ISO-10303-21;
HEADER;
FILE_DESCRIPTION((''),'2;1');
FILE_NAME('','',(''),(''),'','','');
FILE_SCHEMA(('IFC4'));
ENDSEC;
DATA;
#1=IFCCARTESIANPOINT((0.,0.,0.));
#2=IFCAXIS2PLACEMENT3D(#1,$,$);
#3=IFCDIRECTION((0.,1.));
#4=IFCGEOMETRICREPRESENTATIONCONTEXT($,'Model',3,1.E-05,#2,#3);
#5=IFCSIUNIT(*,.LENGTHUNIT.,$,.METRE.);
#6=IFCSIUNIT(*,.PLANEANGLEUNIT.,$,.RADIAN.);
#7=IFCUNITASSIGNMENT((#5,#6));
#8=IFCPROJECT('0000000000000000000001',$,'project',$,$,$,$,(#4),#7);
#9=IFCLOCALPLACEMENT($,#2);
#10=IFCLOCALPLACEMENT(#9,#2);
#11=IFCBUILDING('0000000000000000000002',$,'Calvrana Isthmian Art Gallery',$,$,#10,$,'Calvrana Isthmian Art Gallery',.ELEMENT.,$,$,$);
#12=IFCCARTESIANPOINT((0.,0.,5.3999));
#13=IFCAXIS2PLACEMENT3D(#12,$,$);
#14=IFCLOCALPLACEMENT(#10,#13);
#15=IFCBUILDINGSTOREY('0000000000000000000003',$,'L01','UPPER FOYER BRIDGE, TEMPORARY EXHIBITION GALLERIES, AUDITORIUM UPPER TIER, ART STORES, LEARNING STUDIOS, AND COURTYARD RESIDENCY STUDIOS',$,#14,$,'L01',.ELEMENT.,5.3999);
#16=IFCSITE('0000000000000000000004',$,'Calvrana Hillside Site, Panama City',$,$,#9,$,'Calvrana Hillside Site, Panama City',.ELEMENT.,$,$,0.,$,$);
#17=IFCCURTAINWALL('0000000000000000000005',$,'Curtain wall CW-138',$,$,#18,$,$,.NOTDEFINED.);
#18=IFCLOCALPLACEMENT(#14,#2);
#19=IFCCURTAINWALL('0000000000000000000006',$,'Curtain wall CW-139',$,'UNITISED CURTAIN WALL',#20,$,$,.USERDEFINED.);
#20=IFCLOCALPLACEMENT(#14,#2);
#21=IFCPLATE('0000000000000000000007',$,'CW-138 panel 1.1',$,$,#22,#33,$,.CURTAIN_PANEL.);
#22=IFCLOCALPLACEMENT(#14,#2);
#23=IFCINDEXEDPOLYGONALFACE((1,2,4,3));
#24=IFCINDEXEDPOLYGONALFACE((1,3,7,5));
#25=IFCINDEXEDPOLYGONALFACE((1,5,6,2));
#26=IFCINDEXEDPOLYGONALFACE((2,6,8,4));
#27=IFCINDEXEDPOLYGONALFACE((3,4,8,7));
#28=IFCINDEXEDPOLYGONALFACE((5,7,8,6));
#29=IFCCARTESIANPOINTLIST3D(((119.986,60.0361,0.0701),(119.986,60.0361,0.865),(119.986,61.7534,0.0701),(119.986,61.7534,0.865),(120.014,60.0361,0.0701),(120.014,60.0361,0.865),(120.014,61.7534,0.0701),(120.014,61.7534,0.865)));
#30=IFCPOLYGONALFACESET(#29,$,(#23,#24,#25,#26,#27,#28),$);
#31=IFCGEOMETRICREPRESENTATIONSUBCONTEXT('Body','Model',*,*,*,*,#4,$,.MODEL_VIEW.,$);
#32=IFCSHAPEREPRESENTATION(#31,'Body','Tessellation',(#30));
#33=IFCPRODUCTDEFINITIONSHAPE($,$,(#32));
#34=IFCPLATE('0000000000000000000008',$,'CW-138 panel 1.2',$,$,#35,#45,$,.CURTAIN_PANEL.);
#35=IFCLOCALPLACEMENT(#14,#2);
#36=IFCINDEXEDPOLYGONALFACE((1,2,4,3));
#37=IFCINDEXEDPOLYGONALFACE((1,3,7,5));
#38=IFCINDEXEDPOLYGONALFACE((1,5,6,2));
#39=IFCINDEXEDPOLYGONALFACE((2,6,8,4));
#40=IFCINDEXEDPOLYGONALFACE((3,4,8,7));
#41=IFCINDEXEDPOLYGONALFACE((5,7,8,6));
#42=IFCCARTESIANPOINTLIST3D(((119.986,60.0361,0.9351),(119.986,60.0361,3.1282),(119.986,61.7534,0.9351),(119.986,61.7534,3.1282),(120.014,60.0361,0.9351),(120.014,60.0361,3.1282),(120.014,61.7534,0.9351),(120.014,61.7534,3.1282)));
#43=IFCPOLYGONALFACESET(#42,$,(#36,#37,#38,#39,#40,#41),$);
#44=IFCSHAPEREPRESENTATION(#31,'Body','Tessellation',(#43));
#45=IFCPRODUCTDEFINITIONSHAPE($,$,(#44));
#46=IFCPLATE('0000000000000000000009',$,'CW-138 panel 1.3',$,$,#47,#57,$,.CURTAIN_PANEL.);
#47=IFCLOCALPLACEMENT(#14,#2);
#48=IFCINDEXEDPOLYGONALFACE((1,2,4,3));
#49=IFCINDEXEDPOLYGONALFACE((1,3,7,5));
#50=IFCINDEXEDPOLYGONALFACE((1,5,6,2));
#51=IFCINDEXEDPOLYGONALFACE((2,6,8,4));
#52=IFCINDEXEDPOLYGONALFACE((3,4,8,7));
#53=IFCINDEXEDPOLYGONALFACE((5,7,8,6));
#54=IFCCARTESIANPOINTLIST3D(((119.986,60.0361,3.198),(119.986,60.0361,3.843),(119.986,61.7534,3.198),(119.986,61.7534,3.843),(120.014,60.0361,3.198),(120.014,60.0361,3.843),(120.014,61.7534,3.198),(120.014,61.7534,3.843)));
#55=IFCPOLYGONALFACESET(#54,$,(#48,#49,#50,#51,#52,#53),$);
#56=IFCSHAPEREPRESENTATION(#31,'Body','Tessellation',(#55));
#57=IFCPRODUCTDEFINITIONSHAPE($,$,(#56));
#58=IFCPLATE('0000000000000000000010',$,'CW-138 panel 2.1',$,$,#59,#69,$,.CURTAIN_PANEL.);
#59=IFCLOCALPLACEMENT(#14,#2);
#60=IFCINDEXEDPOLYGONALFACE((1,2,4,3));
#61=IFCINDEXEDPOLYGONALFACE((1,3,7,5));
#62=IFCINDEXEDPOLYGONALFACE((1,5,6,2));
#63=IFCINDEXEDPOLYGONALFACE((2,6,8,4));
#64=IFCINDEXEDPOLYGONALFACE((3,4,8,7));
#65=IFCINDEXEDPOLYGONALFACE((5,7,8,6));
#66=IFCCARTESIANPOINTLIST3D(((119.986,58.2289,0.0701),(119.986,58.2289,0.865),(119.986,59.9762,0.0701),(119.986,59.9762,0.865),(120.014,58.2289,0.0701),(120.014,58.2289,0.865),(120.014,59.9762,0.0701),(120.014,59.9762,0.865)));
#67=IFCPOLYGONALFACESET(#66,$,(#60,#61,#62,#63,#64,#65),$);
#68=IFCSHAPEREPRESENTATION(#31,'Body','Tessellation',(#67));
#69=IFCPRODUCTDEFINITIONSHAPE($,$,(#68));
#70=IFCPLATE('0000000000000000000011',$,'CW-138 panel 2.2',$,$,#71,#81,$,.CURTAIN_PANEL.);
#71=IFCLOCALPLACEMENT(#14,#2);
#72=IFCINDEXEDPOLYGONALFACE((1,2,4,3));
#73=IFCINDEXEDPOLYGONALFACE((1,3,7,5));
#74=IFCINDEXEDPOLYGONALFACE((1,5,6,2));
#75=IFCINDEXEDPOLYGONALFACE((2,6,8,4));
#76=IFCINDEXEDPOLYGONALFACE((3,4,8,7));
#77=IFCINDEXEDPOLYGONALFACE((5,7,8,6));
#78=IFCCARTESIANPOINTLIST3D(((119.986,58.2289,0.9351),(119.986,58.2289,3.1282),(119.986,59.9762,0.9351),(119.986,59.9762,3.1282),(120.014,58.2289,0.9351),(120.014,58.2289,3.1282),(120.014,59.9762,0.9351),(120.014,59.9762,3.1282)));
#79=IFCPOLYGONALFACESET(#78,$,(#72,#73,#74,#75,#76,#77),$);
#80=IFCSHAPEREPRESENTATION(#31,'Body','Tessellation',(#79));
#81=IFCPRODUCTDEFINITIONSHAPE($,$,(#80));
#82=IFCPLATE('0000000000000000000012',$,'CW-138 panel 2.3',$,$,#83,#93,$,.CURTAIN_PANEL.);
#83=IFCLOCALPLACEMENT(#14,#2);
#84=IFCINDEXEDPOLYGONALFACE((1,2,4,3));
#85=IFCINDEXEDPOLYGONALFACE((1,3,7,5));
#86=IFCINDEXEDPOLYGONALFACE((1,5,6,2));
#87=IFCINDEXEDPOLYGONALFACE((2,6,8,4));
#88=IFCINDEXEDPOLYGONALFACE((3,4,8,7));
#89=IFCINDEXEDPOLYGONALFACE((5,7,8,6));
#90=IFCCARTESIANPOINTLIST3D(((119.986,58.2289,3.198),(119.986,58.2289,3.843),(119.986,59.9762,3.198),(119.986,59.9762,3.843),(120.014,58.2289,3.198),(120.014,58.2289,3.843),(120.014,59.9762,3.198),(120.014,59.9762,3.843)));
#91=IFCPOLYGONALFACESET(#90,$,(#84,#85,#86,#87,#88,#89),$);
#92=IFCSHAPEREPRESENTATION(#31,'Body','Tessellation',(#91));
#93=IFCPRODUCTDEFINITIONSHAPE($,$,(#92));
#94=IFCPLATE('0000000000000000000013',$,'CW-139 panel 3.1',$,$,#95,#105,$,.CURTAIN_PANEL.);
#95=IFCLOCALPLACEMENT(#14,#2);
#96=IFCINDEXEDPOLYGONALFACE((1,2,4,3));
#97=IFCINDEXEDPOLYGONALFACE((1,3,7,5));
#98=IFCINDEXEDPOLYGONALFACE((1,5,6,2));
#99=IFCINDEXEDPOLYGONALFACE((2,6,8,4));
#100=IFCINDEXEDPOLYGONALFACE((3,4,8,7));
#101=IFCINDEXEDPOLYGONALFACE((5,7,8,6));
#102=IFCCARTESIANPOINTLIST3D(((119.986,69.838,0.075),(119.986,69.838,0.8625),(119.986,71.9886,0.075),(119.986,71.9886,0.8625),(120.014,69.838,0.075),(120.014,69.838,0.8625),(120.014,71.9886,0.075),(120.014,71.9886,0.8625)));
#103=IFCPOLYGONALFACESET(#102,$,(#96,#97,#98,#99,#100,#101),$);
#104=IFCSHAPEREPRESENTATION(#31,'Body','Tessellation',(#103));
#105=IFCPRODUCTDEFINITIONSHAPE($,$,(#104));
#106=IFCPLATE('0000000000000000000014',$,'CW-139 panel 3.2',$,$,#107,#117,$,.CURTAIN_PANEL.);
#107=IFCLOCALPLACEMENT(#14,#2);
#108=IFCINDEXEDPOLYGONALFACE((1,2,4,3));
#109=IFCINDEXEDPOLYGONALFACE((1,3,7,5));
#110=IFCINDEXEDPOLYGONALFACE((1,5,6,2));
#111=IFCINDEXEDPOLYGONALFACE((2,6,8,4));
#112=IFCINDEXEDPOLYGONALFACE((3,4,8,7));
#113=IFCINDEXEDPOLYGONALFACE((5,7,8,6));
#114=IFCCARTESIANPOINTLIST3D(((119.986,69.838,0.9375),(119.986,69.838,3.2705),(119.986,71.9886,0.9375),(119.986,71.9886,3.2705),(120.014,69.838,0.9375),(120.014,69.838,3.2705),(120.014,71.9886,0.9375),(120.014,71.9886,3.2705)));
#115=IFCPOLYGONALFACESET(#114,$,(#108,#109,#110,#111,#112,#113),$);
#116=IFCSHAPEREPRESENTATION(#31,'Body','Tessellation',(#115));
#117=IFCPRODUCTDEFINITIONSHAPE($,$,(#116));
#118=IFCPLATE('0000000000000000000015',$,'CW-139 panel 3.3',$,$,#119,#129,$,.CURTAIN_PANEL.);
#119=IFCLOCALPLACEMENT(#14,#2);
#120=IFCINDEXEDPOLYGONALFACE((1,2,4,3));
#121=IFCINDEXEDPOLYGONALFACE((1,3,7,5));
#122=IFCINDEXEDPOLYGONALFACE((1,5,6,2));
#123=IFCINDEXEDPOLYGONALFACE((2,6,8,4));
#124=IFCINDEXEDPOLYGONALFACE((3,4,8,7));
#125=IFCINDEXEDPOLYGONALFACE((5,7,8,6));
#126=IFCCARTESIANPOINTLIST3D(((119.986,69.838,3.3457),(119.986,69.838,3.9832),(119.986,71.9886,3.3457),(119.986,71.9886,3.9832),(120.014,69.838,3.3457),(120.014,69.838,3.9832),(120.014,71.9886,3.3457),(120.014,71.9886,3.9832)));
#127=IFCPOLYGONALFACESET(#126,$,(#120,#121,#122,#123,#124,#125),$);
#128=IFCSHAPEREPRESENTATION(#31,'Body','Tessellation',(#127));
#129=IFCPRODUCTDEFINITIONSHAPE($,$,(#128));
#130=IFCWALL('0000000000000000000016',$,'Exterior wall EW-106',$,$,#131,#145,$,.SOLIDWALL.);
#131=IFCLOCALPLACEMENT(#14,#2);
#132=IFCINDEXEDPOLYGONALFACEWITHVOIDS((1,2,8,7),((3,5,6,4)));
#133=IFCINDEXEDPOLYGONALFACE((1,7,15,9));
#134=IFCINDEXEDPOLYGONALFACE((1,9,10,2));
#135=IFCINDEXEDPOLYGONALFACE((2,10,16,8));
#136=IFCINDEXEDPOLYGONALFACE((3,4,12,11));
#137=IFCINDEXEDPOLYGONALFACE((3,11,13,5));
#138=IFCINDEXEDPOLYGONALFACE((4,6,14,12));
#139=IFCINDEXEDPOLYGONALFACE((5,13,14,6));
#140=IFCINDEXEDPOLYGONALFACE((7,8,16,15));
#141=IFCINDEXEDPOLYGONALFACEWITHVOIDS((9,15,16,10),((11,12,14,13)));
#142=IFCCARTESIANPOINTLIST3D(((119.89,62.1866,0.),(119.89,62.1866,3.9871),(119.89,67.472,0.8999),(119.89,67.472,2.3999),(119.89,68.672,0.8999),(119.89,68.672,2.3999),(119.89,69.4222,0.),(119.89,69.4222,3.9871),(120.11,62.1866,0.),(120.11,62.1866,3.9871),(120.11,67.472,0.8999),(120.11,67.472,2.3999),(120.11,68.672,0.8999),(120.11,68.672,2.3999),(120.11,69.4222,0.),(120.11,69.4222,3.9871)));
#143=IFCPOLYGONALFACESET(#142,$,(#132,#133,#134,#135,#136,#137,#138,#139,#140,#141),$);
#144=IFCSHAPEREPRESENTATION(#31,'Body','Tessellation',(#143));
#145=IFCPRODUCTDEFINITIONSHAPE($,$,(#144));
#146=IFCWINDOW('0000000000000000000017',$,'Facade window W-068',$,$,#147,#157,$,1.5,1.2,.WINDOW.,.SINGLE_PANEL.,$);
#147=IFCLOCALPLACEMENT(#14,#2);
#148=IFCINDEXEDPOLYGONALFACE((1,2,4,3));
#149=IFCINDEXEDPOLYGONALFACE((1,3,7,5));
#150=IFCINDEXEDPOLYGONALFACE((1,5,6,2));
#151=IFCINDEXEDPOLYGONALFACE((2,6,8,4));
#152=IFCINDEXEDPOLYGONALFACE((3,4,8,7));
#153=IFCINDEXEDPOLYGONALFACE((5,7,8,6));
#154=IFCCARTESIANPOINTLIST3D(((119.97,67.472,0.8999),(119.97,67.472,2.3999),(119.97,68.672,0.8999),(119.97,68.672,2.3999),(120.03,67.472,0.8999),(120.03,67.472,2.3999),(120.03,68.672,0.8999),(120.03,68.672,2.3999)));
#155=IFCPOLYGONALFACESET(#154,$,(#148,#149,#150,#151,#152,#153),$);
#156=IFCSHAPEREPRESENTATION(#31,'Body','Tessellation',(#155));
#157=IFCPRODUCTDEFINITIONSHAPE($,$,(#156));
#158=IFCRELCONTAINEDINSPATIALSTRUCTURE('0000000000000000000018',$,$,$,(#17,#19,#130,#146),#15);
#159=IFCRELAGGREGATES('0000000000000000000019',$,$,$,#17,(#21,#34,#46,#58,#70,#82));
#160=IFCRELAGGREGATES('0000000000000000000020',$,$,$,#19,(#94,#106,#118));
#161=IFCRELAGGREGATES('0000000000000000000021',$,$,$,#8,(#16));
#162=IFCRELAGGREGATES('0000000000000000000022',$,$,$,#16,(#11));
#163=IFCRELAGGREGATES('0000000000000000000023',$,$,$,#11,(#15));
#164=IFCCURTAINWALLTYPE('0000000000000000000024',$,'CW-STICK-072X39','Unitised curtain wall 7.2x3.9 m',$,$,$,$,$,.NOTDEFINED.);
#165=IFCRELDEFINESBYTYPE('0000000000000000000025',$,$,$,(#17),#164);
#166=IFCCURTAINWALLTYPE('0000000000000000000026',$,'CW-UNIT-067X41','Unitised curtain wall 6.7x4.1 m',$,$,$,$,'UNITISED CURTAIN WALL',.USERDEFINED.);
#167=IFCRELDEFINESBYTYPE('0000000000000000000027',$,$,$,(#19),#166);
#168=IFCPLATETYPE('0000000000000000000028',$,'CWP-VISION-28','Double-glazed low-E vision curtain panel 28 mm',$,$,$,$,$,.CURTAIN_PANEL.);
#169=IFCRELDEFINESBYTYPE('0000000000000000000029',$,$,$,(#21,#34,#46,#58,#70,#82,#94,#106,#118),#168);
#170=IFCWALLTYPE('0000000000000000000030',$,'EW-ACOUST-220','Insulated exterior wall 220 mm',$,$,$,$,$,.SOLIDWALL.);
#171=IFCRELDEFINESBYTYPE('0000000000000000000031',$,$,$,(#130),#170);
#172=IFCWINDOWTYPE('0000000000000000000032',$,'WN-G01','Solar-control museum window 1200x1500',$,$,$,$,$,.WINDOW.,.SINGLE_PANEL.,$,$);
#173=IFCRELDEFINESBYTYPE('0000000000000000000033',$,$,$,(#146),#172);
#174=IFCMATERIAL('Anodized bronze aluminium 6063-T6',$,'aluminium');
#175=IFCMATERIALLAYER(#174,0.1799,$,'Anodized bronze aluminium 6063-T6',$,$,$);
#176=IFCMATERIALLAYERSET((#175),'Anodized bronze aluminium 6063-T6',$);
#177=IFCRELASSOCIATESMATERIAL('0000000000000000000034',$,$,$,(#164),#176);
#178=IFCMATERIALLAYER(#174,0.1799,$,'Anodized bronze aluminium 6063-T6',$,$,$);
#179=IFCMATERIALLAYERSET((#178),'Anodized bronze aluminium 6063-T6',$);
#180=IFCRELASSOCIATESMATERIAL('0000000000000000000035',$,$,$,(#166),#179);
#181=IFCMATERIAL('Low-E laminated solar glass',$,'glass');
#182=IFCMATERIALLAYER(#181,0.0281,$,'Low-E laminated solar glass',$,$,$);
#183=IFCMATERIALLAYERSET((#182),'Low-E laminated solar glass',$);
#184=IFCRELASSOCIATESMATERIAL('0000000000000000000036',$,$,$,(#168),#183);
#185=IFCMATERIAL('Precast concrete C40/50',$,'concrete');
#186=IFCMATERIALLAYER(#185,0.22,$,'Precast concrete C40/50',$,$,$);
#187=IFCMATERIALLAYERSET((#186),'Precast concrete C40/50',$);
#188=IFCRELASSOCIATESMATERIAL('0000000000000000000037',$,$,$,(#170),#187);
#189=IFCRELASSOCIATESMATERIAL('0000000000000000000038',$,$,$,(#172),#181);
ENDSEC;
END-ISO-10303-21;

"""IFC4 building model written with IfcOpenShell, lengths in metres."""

from ifc_helpers import new_model, si_unit, direction, frame, frame_2d, origin, origin_2d, place, context, subcontext, project, spatial, rectangle, extrude, material, layer, layer_set, type_object, element, fill, aggregate, save


model = new_model("IFC4")

# Units and contexts
model_context = context("Model", 3, precision=1e-05, world=origin(), true_north=direction((0.0, 1.0)))
body_context = subcontext(model_context, "Body", "Model", "MODEL_VIEW")
ifc_project = project(units=[si_unit("LENGTHUNIT", "METRE"), si_unit("PLANEANGLEUNIT", "RADIAN")], contexts=[model_context])

# Site, building, storey
site_placement = place(None, origin())
site = spatial("IfcSite", under=ifc_project, at=site_placement, Name="Calvrana Hillside Site, Panama City", LongName="Calvrana Hillside Site, Panama City", CompositionType="ELEMENT", RefElevation=0.0)
building_placement = place(site_placement, origin())
building = spatial("IfcBuilding", under=site, at=building_placement, Name="Calvrana Isthmian Art Gallery", LongName="Calvrana Isthmian Art Gallery", CompositionType="ELEMENT")
storey_placement = place(building_placement, frame((0.0, 0.0, 5.3999)))
storey = spatial("IfcBuildingStorey", under=building, at=storey_placement, Name="L01", Description="UPPER FOYER BRIDGE, TEMPORARY EXHIBITION GALLERIES, AUDITORIUM UPPER TIER, ART STORES, LEARNING STUDIOS, AND COURTYARD RESIDENCY STUDIOS", LongName="L01", CompositionType="ELEMENT", Elevation=5.3999)

# Curtain wall
ifc_material_1 = material(Name="Anodized bronze aluminium 6063-T6", Category="aluminium")
ifc_layer_1 = layer(ifc_material_1, 0.1799, Name="Anodized bronze aluminium 6063-T6")
ifc_layer_set_1 = layer_set([ifc_layer_1], Name="Anodized bronze aluminium 6063-T6")
curtain_wall_type_1 = type_object("IfcCurtainWallType", Name="CW-STICK-072X39", Description="Unitised curtain wall 7.2x3.9 m", PredefinedType="NOTDEFINED", material=ifc_layer_set_1)
curtain_wall_1_placement = place(storey_placement, origin())
curtain_wall_1 = element("IfcCurtainWall", 1, at=curtain_wall_1_placement, inside=storey, type_object=curtain_wall_type_1, Name="Curtain wall CW-138", PredefinedType="NOTDEFINED")

# Curtain wall
ifc_layer_2 = layer(ifc_material_1, 0.1799, Name="Anodized bronze aluminium 6063-T6")
ifc_layer_set_2 = layer_set([ifc_layer_2], Name="Anodized bronze aluminium 6063-T6")
curtain_wall_type_2 = type_object("IfcCurtainWallType", Name="CW-UNIT-067X41", Description="Unitised curtain wall 6.7x4.1 m", ElementType="UNITISED CURTAIN WALL", PredefinedType="USERDEFINED", material=ifc_layer_set_2)
curtain_wall_2_placement = place(storey_placement, origin())
curtain_wall_2 = element("IfcCurtainWall", 2, at=curtain_wall_2_placement, inside=storey, type_object=curtain_wall_type_2, Name="Curtain wall CW-139", ObjectType="UNITISED CURTAIN WALL", PredefinedType="USERDEFINED")

# Plates
ifc_material_2 = material(Name="Low-E laminated solar glass", Category="glass")
ifc_layer_3 = layer(ifc_material_2, 0.0281, Name="Low-E laminated solar glass")
ifc_layer_set_3 = layer_set([ifc_layer_3], Name="Low-E laminated solar glass")
plate_type = type_object("IfcPlateType", Name="CWP-VISION-28", Description="Double-glazed low-E vision curtain panel 28 mm", PredefinedType="CURTAIN_PANEL", material=ifc_layer_set_3)
plate_1_placement = place(storey_placement, frame((120.0, 60.8948, 0.0701), z_axis=(0.0, 0.0, 1.0), x_axis=(0.0, -1.0, 0.0)))
plate_1 = element("IfcPlate", 3, at=plate_1_placement, type_object=plate_type, Name="CW-138 panel 1.1", PredefinedType="CURTAIN_PANEL", context=body_context, shape_type="SweptSolid", body=[
    extrude(rectangle(XDim=1.7173, YDim=0.0281, at=origin_2d()), origin(), (0.0, 0.0, 1.0), 0.7949),
])
plate_2_placement = place(storey_placement, frame((120.0, 60.8948, 0.9351), z_axis=(0.0, 0.0, 1.0), x_axis=(0.0, -1.0, 0.0)))
plate_2 = element("IfcPlate", 4, at=plate_2_placement, type_object=plate_type, Name="CW-138 panel 1.2", PredefinedType="CURTAIN_PANEL", context=body_context, shape_type="SweptSolid", body=[
    extrude(rectangle(XDim=1.7173, YDim=0.0281, at=origin_2d()), origin(), (0.0, 0.0, 1.0), 2.1931),
])
plate_3_placement = place(storey_placement, frame((120.0, 60.8948, 3.198), z_axis=(0.0, 0.0, 1.0), x_axis=(0.0, -1.0, 0.0)))
plate_3 = element("IfcPlate", 5, at=plate_3_placement, type_object=plate_type, Name="CW-138 panel 1.3", PredefinedType="CURTAIN_PANEL", context=body_context, shape_type="SweptSolid", body=[
    extrude(rectangle(XDim=1.7173, YDim=0.0281, at=origin_2d()), origin(), (0.0, 0.0, 1.0), 0.645),
])
plate_4_placement = place(storey_placement, frame((120.0, 59.1025, 0.0701), z_axis=(0.0, 0.0, 1.0), x_axis=(0.0, -1.0, 0.0)))
plate_4 = element("IfcPlate", 6, at=plate_4_placement, type_object=plate_type, Name="CW-138 panel 2.1", PredefinedType="CURTAIN_PANEL", context=body_context, shape_type="SweptSolid", body=[
    extrude(rectangle(XDim=1.7473, YDim=0.0281, at=origin_2d()), origin(), (0.0, 0.0, 1.0), 0.7949),
])
plate_5_placement = place(storey_placement, frame((120.0, 59.1025, 0.9351), z_axis=(0.0, 0.0, 1.0), x_axis=(0.0, -1.0, 0.0)))
plate_5 = element("IfcPlate", 7, at=plate_5_placement, type_object=plate_type, Name="CW-138 panel 2.2", PredefinedType="CURTAIN_PANEL", context=body_context, shape_type="SweptSolid", body=[
    extrude(rectangle(XDim=1.7473, YDim=0.0281, at=origin_2d()), origin(), (0.0, 0.0, 1.0), 2.1931),
])
plate_6_placement = place(storey_placement, frame((120.0, 59.1025, 3.198), z_axis=(0.0, 0.0, 1.0), x_axis=(0.0, -1.0, 0.0)))
plate_6 = element("IfcPlate", 8, at=plate_6_placement, type_object=plate_type, Name="CW-138 panel 2.3", PredefinedType="CURTAIN_PANEL", context=body_context, shape_type="SweptSolid", body=[
    extrude(rectangle(XDim=1.7473, YDim=0.0281, at=origin_2d()), origin(), (0.0, 0.0, 1.0), 0.645),
])
aggregate(curtain_wall_1, [plate_1, plate_2, plate_3, plate_4, plate_5, plate_6])
plate_7_placement = place(storey_placement, frame((120.0, 70.9133, 0.075), z_axis=(0.0, 0.0, 1.0), x_axis=(0.0, -1.0, 0.0)))
plate_7 = element("IfcPlate", 9, at=plate_7_placement, type_object=plate_type, Name="CW-139 panel 3.1", PredefinedType="CURTAIN_PANEL", context=body_context, shape_type="SweptSolid", body=[
    extrude(rectangle(XDim=2.1506, YDim=0.0281, at=origin_2d()), origin(), (0.0, 0.0, 1.0), 0.7876),
])
plate_8_placement = place(storey_placement, frame((120.0, 70.9133, 0.9375), z_axis=(0.0, 0.0, 1.0), x_axis=(0.0, -1.0, 0.0)))
plate_8 = element("IfcPlate", 10, at=plate_8_placement, type_object=plate_type, Name="CW-139 panel 3.2", PredefinedType="CURTAIN_PANEL", context=body_context, shape_type="SweptSolid", body=[
    extrude(rectangle(XDim=2.1506, YDim=0.0281, at=origin_2d()), origin(), (0.0, 0.0, 1.0), 2.333),
])
plate_9_placement = place(storey_placement, frame((120.0, 70.9133, 3.3457), z_axis=(0.0, 0.0, 1.0), x_axis=(0.0, -1.0, 0.0)))
plate_9 = element("IfcPlate", 11, at=plate_9_placement, type_object=plate_type, Name="CW-139 panel 3.3", PredefinedType="CURTAIN_PANEL", context=body_context, shape_type="SweptSolid", body=[
    extrude(rectangle(XDim=2.1506, YDim=0.0281, at=origin_2d()), origin(), (0.0, 0.0, 1.0), 0.6375),
])
aggregate(curtain_wall_2, [plate_7, plate_8, plate_9])

# Wall, opening, window
ifc_material_3 = material(Name="Precast concrete C40/50", Category="concrete")
ifc_layer_4 = layer(ifc_material_3, 0.22, Name="Precast concrete C40/50")
ifc_layer_set_4 = layer_set([ifc_layer_4], Name="Precast concrete C40/50")
wall_type = type_object("IfcWallType", Name="EW-ACOUST-220", Description="Insulated exterior wall 220 mm", PredefinedType="SOLIDWALL", material=ifc_layer_set_4)
wall_placement = place(storey_placement, frame((120.0, 69.4221, 0.0), z_axis=(0.0, 0.0, 1.0), x_axis=(0.0, -1.0, 0.0)))
wall = element("IfcWall", 12, at=wall_placement, inside=storey, type_object=wall_type, Name="Exterior wall EW-106", PredefinedType="SOLIDWALL", context=body_context, shape_type="SweptSolid", body=[
    extrude(rectangle(XDim=7.2356, YDim=0.22, at=frame_2d((3.6177, 0.0))), origin(), (0.0, 0.0, 1.0), 3.9871),
])
opening_placement = place(wall_placement, frame((0.75, 0.0, 0.8999)))
opening = element("IfcOpeningElement", 13, at=opening_placement, cuts=wall, PredefinedType="OPENING", context=body_context, shape_type="SweptSolid", body=[
    extrude(rectangle(XDim=1.2, YDim=1.5, at=frame_2d((0.6001, 0.75))), frame((0.0, 0.1201, 0.0), z_axis=(0.0, -1.0, 0.0), x_axis=(1.0, 0.0, 0.0)), (0.0, 0.0, 1.0), 0.2405),
])
window_type = type_object("IfcWindowType", Name="WN-G01", Description="Solar-control museum window 1200x1500", PartitioningType="SINGLE_PANEL", PredefinedType="WINDOW", material=ifc_material_2)
window_placement = place(opening_placement, origin())
window = element("IfcWindow", 14, at=window_placement, inside=storey, type_object=window_type, Name="Facade window W-068", OverallHeight=1.5, OverallWidth=1.2, PartitioningType="SINGLE_PANEL", PredefinedType="WINDOW", context=body_context, shape_type="SweptSolid", body=[
    extrude(rectangle(XDim=1.2, YDim=1.5, at=frame_2d((0.6001, 0.75))), frame((0.0, 0.03, 0.0), z_axis=(0.0, -1.0, 0.0), x_axis=(1.0, 0.0, 0.0)), (0.0, 0.0, 1.0), 0.0601),
])
fill(opening, window)

save(model, "model.ifc")
